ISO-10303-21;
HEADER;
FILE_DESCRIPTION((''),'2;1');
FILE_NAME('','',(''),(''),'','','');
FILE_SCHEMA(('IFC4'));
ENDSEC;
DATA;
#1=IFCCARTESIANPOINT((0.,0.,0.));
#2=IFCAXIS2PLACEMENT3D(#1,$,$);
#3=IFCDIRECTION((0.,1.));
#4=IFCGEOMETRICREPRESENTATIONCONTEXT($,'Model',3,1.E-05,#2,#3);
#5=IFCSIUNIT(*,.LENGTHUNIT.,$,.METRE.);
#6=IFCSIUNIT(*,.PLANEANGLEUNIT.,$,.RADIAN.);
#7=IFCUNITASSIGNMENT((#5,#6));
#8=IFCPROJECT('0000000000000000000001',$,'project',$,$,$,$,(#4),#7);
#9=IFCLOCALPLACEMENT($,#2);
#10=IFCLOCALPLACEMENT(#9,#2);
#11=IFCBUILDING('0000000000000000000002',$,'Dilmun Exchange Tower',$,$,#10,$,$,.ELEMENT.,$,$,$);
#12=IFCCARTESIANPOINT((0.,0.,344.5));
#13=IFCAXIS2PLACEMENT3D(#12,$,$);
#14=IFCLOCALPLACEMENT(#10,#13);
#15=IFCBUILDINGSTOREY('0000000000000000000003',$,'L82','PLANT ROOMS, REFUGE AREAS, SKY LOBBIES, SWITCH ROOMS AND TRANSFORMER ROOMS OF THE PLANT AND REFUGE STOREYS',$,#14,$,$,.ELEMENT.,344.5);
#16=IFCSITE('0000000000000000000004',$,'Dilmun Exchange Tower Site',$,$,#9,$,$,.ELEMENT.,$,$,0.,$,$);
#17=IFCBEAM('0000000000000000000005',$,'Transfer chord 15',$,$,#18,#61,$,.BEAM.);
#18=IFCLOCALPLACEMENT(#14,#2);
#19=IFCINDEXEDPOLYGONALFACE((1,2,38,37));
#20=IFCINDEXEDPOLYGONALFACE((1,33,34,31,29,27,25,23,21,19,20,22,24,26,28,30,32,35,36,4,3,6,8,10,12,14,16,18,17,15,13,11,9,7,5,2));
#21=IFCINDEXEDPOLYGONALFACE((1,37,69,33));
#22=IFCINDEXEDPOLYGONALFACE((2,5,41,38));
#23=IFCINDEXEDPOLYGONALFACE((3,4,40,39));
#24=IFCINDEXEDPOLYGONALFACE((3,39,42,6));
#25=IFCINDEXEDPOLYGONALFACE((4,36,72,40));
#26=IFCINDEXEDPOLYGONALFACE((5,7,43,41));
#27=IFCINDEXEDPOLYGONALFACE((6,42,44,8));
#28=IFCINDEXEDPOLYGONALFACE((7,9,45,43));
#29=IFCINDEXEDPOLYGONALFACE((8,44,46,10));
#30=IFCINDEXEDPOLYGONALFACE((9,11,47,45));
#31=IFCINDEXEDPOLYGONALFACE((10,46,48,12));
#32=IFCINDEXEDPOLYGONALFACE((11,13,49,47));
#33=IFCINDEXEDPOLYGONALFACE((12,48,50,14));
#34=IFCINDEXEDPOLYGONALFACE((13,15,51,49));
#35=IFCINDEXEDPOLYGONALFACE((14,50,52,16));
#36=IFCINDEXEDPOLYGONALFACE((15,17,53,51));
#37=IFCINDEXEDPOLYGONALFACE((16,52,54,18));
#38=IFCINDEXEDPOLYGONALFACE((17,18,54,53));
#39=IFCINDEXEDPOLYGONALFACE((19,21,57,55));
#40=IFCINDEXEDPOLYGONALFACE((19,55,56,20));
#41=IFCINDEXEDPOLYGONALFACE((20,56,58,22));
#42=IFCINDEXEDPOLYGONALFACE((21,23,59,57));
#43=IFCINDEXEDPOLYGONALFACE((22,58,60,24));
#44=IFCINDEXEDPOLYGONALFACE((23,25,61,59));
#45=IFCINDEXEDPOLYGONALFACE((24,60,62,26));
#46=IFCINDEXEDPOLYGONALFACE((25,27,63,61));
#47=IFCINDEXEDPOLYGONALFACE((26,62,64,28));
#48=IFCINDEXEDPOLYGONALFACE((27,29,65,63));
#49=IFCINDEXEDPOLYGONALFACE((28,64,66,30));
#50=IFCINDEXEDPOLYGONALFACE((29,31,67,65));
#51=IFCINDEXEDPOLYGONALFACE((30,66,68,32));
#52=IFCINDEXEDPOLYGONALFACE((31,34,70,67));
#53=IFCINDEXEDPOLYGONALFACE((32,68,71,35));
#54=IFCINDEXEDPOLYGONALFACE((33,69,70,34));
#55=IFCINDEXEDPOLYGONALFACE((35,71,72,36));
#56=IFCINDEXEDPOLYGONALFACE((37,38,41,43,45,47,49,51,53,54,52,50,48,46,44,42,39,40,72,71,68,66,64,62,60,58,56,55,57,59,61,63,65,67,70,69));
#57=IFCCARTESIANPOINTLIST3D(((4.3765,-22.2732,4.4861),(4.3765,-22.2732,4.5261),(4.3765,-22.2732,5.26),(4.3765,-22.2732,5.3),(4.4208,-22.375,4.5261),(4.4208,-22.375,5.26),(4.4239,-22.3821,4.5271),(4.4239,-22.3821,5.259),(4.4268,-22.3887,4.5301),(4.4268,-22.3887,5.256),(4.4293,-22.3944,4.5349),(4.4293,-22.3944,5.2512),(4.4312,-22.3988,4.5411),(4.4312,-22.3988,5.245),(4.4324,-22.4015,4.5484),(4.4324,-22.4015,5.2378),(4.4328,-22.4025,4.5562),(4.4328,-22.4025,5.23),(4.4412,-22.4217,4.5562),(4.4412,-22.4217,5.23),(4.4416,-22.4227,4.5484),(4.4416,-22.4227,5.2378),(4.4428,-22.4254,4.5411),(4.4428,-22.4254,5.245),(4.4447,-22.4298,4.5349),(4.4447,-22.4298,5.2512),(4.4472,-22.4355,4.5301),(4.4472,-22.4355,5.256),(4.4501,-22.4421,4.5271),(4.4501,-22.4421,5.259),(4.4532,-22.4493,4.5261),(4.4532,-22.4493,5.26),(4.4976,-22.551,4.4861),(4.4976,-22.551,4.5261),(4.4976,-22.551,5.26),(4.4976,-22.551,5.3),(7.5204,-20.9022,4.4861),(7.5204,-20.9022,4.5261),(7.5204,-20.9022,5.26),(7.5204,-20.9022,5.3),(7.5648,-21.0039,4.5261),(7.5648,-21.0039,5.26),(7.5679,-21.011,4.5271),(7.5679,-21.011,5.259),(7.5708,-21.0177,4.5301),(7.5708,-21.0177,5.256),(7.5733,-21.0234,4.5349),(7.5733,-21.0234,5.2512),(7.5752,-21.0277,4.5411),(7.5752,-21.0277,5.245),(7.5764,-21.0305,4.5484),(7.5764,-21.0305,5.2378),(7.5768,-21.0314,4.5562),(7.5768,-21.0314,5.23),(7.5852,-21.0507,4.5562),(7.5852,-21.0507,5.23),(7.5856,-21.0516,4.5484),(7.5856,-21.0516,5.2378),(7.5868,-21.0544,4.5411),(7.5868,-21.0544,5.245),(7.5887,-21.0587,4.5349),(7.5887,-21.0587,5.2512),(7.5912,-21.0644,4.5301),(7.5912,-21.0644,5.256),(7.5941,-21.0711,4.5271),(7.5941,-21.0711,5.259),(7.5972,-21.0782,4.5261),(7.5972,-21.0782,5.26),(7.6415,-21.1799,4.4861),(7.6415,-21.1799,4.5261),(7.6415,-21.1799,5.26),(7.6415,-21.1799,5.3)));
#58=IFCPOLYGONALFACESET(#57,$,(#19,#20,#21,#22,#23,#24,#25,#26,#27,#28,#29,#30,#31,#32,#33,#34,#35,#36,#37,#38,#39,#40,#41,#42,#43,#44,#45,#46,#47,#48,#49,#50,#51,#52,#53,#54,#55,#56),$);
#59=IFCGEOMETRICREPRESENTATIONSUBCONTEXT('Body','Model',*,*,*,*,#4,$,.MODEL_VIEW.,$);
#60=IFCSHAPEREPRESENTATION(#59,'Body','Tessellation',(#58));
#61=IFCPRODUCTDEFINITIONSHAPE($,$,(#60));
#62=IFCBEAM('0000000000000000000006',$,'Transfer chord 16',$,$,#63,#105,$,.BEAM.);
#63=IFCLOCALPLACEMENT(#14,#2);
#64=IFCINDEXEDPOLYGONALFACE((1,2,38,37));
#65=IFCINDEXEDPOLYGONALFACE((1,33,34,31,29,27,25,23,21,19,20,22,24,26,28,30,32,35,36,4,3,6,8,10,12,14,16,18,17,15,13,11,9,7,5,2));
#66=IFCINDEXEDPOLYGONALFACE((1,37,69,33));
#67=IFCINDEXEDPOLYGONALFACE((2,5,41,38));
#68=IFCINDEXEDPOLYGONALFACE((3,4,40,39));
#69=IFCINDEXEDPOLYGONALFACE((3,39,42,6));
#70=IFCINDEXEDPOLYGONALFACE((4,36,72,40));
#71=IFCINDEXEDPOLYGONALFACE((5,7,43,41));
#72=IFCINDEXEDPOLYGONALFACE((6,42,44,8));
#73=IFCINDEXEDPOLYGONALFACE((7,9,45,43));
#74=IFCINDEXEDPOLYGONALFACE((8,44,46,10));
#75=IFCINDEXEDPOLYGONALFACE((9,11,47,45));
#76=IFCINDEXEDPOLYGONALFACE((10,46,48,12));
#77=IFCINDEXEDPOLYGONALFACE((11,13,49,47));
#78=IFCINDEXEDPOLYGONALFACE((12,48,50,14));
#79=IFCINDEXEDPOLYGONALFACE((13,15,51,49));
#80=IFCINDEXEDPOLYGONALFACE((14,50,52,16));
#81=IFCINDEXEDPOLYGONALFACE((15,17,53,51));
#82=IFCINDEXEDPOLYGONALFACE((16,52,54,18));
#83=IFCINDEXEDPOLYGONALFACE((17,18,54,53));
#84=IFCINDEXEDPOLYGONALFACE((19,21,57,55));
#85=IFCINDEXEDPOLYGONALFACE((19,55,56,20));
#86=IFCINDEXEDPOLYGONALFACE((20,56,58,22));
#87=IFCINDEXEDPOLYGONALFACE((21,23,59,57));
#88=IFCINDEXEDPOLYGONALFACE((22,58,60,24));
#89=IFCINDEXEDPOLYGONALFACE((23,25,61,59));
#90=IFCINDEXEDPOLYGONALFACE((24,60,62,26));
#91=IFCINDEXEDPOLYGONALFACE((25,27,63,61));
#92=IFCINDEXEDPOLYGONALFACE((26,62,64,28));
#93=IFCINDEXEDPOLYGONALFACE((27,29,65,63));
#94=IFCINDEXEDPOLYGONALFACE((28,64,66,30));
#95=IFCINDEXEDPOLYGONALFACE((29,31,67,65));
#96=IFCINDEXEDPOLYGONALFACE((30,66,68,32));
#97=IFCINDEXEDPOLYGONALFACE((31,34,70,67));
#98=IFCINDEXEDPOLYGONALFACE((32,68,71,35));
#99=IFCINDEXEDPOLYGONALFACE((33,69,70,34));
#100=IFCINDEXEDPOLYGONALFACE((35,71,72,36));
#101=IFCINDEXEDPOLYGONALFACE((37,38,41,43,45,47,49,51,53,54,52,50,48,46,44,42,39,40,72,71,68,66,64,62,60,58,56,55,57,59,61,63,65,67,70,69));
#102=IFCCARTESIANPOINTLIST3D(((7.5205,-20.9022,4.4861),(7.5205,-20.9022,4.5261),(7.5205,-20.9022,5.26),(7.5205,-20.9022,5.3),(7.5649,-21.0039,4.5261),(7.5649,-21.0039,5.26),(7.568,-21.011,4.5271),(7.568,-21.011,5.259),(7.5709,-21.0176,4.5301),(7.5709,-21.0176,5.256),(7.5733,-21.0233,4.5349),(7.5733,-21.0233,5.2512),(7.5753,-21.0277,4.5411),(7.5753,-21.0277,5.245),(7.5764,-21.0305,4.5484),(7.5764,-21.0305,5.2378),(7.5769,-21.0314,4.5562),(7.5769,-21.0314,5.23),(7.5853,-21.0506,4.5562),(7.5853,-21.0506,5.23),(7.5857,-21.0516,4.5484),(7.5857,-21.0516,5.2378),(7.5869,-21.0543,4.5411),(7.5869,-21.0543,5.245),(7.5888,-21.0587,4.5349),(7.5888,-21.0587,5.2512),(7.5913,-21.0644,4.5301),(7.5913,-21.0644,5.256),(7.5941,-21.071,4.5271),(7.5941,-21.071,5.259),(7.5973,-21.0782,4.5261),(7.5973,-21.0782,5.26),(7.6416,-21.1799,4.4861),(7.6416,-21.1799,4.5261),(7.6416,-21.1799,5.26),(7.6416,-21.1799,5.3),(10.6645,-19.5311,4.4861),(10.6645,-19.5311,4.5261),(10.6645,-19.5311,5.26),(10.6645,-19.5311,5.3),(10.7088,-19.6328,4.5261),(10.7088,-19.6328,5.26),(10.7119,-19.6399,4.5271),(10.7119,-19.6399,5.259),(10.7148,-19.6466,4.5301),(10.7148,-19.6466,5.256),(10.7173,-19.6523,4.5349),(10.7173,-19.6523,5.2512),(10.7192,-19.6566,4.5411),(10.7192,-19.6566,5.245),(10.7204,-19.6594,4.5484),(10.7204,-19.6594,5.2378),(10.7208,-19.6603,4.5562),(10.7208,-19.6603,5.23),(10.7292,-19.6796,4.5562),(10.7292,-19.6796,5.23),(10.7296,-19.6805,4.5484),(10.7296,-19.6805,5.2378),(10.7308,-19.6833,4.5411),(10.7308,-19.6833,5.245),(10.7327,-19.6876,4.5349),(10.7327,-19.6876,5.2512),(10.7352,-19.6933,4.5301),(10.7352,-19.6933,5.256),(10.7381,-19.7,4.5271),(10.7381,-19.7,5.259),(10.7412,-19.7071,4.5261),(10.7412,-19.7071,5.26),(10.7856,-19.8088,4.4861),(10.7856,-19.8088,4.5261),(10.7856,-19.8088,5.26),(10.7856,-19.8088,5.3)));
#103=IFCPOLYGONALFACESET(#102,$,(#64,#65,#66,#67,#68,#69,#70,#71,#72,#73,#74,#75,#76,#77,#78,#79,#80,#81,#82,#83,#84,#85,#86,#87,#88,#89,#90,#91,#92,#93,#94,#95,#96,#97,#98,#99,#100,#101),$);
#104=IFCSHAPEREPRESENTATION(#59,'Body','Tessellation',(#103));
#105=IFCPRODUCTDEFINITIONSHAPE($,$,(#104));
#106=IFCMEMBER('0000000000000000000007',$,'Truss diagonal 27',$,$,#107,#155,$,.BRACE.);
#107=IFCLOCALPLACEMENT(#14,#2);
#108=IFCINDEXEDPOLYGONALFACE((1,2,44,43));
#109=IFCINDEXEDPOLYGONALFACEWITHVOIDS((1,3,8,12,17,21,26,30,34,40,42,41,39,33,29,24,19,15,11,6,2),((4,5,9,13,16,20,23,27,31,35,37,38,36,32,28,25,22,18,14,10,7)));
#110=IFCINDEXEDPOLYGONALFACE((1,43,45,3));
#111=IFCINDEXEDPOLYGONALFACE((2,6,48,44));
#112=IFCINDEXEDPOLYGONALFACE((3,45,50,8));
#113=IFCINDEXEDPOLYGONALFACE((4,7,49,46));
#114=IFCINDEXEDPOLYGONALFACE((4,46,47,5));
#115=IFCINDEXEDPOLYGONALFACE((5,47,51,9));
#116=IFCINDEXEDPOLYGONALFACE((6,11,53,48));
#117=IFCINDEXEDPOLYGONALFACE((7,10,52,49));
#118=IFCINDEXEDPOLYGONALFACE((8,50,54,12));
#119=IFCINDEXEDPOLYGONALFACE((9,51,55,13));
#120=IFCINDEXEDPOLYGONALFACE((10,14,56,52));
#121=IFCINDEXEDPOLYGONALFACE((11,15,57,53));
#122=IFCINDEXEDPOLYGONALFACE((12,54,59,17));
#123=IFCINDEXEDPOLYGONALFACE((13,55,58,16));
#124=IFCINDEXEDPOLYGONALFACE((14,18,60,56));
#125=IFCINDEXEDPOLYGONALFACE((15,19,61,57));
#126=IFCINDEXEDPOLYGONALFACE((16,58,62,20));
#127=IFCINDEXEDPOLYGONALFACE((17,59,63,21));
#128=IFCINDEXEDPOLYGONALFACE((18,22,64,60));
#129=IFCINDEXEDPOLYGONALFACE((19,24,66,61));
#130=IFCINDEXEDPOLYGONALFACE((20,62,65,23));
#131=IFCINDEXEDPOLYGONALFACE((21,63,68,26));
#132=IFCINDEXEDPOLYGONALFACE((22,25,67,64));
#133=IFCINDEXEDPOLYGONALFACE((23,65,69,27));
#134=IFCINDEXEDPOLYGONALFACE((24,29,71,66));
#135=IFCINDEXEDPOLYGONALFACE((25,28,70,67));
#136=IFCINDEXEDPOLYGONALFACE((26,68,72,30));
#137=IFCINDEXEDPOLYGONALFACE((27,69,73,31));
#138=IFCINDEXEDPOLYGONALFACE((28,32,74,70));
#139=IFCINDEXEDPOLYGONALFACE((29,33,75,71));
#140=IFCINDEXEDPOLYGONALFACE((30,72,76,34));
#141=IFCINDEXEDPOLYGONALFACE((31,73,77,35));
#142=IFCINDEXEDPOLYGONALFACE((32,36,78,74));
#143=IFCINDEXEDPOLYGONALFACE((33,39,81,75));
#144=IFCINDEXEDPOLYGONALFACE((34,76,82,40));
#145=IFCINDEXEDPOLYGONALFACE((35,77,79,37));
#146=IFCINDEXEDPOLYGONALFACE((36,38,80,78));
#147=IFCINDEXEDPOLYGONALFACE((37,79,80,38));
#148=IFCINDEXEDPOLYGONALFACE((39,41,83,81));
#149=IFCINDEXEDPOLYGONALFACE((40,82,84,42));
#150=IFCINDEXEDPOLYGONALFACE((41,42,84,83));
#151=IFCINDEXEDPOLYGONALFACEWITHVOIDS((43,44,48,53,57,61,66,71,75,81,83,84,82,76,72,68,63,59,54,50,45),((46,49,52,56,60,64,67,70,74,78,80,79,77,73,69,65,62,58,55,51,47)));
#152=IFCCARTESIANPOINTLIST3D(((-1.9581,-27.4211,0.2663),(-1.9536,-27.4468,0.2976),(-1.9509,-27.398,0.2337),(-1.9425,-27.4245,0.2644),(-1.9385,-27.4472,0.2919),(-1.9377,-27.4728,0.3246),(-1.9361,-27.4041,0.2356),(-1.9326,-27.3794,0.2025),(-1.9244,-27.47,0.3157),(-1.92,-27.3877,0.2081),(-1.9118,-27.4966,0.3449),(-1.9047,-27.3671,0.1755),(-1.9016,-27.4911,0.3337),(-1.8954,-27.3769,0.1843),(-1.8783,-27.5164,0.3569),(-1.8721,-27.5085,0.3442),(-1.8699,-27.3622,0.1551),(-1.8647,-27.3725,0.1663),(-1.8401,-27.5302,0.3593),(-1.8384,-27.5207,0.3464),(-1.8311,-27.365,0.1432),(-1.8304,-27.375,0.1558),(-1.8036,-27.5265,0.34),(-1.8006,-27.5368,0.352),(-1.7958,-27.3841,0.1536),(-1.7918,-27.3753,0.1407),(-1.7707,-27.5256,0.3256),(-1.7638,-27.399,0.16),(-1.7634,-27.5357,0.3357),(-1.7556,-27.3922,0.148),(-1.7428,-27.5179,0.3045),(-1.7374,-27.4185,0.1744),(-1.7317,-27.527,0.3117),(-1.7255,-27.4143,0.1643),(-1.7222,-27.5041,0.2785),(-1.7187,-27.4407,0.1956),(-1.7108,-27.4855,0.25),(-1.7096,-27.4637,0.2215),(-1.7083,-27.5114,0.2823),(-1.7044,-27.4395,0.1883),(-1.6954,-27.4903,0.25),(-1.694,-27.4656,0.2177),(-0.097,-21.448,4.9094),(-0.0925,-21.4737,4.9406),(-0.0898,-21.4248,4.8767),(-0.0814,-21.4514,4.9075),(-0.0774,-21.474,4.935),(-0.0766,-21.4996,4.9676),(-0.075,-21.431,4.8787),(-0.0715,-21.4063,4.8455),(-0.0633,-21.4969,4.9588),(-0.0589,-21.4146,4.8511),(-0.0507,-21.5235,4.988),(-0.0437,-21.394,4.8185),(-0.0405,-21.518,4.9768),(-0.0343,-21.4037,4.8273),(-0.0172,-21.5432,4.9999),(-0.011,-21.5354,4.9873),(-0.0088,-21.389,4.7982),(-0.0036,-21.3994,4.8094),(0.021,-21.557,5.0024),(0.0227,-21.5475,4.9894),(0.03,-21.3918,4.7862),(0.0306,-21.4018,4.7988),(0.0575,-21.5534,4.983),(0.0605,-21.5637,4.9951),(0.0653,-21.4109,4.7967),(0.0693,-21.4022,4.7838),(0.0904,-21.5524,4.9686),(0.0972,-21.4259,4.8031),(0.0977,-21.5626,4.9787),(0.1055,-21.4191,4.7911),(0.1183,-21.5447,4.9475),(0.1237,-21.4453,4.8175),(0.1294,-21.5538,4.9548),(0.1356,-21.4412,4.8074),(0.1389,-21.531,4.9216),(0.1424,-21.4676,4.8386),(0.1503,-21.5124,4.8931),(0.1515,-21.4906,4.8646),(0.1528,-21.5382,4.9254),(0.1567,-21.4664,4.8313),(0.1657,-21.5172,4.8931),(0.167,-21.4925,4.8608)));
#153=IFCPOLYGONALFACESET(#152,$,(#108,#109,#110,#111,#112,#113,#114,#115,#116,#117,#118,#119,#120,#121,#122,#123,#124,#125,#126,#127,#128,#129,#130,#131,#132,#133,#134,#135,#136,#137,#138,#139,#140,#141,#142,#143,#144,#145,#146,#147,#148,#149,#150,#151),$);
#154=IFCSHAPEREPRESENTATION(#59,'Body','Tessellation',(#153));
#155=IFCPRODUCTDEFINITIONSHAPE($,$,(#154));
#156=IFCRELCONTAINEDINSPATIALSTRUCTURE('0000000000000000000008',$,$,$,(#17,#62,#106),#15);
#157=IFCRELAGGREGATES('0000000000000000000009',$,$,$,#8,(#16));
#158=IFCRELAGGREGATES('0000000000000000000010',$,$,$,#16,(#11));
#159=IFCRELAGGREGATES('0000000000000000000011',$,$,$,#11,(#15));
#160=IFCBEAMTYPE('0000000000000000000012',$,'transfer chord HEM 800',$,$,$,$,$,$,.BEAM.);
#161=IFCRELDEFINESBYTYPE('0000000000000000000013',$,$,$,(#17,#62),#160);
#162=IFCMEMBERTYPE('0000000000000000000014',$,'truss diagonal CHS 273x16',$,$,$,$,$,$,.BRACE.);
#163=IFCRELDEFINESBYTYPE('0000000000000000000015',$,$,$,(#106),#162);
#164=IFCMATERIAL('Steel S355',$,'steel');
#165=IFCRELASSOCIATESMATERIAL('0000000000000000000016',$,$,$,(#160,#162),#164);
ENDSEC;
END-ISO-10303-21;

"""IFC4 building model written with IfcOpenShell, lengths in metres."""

from ifc_helpers import new_model, si_unit, direction, frame, origin, origin_2d, place, context, subcontext, project, spatial, hollow_circle, i_section, extrude, material, material_profile, profile_set, type_object, element, save


model = new_model("IFC4")

# Units and contexts
model_context = context("Model", 3, precision=1e-05, world=origin(), true_north=direction((0.0, 1.0)))
body_context = subcontext(model_context, "Body", "Model", "MODEL_VIEW")
ifc_project = project(units=[si_unit("LENGTHUNIT", "METRE"), si_unit("PLANEANGLEUNIT", "RADIAN")], contexts=[model_context])

# Site, building, storey
site_placement = place(None, origin())
site = spatial("IfcSite", under=ifc_project, at=site_placement, Name="Dilmun Exchange Tower Site", CompositionType="ELEMENT", RefElevation=0.0)
building_placement = place(site_placement, origin())
building = spatial("IfcBuilding", under=site, at=building_placement, Name="Dilmun Exchange Tower", CompositionType="ELEMENT")
storey_placement = place(building_placement, frame((0.0, 0.0, 344.5)))
storey = spatial("IfcBuildingStorey", under=building, at=storey_placement, Name="L82", Description="PLANT ROOMS, REFUGE AREAS, SKY LOBBIES, SWITCH ROOMS AND TRANSFORMER ROOMS OF THE PLANT AND REFUGE STOREYS", CompositionType="ELEMENT", Elevation=344.5)

# Beams
ifc_material_1 = material(Name="Steel S355", Category="steel")
ifc_material_profile_1 = material_profile(ifc_material_1, i_section(OverallWidth=0.303, OverallDepth=0.814, WebThickness=0.021, FlangeThickness=0.04, FilletRadius=0.03, at=origin_2d()), Name="HEM 800")
ifc_profile_set_1 = profile_set([ifc_material_profile_1], Name="Steel S355")
beam_type_1 = type_object("IfcBeamType", Name="transfer chord HEM 800", PredefinedType="BEAM", material=ifc_profile_set_1)
for number, where, z_axis, x_axis, name in (
    (1, (4.437, -22.4121, 4.8931), (0.91663, 0.399736, 0.0), (-0.399736, 0.91663, 0.0), "Transfer chord 15"),
    (2, (7.5811, -21.041, 4.8931), (0.91663, 0.399736, 0.0), (-0.399736, 0.91663, 0.0), "Transfer chord 16"),
):
    element("IfcBeam", number, at=place(storey_placement, frame(where, z_axis=z_axis, x_axis=x_axis)), inside=storey, type_object=beam_type_1, Name=name, PredefinedType="BEAM", context=body_context, shape_type="SweptSolid", body=[
        extrude(i_section(OverallWidth=0.303, OverallDepth=0.814, WebThickness=0.021, FlangeThickness=0.04, FilletRadius=0.03, at=origin_2d()), origin(), (0.0, 0.0, 1.0), 3.4299),
    ])

# Member
ifc_material_profile_2 = material_profile(ifc_material_1, hollow_circle(Radius=0.1365, WallThickness=0.0161, at=origin_2d()), Name="CHS 273x16")
ifc_profile_set_2 = profile_set([ifc_material_profile_2], Name="Steel S355")
member_type = type_object("IfcMemberType", Name="truss diagonal CHS 273x16", PredefinedType="BRACE", material=ifc_profile_set_2)
member_1_placement = place(storey_placement, frame((0.0354, -21.4766, 4.8931), z_axis=(-0.238875, -0.766669, -0.59595), x_axis=(0.954731, -0.297471, 0.0)))
element("IfcMember", 3, at=member_1_placement, inside=storey, type_object=member_type, Name="Truss diagonal 27", PredefinedType="BRACE", context=body_context, shape_type="SweptSolid", body=[
    extrude(hollow_circle(Radius=0.1365, WallThickness=0.0161, at=origin_2d()), origin(), (0.0, 0.0, 1.0), 7.791),
])

save(model, "model.ifc")
